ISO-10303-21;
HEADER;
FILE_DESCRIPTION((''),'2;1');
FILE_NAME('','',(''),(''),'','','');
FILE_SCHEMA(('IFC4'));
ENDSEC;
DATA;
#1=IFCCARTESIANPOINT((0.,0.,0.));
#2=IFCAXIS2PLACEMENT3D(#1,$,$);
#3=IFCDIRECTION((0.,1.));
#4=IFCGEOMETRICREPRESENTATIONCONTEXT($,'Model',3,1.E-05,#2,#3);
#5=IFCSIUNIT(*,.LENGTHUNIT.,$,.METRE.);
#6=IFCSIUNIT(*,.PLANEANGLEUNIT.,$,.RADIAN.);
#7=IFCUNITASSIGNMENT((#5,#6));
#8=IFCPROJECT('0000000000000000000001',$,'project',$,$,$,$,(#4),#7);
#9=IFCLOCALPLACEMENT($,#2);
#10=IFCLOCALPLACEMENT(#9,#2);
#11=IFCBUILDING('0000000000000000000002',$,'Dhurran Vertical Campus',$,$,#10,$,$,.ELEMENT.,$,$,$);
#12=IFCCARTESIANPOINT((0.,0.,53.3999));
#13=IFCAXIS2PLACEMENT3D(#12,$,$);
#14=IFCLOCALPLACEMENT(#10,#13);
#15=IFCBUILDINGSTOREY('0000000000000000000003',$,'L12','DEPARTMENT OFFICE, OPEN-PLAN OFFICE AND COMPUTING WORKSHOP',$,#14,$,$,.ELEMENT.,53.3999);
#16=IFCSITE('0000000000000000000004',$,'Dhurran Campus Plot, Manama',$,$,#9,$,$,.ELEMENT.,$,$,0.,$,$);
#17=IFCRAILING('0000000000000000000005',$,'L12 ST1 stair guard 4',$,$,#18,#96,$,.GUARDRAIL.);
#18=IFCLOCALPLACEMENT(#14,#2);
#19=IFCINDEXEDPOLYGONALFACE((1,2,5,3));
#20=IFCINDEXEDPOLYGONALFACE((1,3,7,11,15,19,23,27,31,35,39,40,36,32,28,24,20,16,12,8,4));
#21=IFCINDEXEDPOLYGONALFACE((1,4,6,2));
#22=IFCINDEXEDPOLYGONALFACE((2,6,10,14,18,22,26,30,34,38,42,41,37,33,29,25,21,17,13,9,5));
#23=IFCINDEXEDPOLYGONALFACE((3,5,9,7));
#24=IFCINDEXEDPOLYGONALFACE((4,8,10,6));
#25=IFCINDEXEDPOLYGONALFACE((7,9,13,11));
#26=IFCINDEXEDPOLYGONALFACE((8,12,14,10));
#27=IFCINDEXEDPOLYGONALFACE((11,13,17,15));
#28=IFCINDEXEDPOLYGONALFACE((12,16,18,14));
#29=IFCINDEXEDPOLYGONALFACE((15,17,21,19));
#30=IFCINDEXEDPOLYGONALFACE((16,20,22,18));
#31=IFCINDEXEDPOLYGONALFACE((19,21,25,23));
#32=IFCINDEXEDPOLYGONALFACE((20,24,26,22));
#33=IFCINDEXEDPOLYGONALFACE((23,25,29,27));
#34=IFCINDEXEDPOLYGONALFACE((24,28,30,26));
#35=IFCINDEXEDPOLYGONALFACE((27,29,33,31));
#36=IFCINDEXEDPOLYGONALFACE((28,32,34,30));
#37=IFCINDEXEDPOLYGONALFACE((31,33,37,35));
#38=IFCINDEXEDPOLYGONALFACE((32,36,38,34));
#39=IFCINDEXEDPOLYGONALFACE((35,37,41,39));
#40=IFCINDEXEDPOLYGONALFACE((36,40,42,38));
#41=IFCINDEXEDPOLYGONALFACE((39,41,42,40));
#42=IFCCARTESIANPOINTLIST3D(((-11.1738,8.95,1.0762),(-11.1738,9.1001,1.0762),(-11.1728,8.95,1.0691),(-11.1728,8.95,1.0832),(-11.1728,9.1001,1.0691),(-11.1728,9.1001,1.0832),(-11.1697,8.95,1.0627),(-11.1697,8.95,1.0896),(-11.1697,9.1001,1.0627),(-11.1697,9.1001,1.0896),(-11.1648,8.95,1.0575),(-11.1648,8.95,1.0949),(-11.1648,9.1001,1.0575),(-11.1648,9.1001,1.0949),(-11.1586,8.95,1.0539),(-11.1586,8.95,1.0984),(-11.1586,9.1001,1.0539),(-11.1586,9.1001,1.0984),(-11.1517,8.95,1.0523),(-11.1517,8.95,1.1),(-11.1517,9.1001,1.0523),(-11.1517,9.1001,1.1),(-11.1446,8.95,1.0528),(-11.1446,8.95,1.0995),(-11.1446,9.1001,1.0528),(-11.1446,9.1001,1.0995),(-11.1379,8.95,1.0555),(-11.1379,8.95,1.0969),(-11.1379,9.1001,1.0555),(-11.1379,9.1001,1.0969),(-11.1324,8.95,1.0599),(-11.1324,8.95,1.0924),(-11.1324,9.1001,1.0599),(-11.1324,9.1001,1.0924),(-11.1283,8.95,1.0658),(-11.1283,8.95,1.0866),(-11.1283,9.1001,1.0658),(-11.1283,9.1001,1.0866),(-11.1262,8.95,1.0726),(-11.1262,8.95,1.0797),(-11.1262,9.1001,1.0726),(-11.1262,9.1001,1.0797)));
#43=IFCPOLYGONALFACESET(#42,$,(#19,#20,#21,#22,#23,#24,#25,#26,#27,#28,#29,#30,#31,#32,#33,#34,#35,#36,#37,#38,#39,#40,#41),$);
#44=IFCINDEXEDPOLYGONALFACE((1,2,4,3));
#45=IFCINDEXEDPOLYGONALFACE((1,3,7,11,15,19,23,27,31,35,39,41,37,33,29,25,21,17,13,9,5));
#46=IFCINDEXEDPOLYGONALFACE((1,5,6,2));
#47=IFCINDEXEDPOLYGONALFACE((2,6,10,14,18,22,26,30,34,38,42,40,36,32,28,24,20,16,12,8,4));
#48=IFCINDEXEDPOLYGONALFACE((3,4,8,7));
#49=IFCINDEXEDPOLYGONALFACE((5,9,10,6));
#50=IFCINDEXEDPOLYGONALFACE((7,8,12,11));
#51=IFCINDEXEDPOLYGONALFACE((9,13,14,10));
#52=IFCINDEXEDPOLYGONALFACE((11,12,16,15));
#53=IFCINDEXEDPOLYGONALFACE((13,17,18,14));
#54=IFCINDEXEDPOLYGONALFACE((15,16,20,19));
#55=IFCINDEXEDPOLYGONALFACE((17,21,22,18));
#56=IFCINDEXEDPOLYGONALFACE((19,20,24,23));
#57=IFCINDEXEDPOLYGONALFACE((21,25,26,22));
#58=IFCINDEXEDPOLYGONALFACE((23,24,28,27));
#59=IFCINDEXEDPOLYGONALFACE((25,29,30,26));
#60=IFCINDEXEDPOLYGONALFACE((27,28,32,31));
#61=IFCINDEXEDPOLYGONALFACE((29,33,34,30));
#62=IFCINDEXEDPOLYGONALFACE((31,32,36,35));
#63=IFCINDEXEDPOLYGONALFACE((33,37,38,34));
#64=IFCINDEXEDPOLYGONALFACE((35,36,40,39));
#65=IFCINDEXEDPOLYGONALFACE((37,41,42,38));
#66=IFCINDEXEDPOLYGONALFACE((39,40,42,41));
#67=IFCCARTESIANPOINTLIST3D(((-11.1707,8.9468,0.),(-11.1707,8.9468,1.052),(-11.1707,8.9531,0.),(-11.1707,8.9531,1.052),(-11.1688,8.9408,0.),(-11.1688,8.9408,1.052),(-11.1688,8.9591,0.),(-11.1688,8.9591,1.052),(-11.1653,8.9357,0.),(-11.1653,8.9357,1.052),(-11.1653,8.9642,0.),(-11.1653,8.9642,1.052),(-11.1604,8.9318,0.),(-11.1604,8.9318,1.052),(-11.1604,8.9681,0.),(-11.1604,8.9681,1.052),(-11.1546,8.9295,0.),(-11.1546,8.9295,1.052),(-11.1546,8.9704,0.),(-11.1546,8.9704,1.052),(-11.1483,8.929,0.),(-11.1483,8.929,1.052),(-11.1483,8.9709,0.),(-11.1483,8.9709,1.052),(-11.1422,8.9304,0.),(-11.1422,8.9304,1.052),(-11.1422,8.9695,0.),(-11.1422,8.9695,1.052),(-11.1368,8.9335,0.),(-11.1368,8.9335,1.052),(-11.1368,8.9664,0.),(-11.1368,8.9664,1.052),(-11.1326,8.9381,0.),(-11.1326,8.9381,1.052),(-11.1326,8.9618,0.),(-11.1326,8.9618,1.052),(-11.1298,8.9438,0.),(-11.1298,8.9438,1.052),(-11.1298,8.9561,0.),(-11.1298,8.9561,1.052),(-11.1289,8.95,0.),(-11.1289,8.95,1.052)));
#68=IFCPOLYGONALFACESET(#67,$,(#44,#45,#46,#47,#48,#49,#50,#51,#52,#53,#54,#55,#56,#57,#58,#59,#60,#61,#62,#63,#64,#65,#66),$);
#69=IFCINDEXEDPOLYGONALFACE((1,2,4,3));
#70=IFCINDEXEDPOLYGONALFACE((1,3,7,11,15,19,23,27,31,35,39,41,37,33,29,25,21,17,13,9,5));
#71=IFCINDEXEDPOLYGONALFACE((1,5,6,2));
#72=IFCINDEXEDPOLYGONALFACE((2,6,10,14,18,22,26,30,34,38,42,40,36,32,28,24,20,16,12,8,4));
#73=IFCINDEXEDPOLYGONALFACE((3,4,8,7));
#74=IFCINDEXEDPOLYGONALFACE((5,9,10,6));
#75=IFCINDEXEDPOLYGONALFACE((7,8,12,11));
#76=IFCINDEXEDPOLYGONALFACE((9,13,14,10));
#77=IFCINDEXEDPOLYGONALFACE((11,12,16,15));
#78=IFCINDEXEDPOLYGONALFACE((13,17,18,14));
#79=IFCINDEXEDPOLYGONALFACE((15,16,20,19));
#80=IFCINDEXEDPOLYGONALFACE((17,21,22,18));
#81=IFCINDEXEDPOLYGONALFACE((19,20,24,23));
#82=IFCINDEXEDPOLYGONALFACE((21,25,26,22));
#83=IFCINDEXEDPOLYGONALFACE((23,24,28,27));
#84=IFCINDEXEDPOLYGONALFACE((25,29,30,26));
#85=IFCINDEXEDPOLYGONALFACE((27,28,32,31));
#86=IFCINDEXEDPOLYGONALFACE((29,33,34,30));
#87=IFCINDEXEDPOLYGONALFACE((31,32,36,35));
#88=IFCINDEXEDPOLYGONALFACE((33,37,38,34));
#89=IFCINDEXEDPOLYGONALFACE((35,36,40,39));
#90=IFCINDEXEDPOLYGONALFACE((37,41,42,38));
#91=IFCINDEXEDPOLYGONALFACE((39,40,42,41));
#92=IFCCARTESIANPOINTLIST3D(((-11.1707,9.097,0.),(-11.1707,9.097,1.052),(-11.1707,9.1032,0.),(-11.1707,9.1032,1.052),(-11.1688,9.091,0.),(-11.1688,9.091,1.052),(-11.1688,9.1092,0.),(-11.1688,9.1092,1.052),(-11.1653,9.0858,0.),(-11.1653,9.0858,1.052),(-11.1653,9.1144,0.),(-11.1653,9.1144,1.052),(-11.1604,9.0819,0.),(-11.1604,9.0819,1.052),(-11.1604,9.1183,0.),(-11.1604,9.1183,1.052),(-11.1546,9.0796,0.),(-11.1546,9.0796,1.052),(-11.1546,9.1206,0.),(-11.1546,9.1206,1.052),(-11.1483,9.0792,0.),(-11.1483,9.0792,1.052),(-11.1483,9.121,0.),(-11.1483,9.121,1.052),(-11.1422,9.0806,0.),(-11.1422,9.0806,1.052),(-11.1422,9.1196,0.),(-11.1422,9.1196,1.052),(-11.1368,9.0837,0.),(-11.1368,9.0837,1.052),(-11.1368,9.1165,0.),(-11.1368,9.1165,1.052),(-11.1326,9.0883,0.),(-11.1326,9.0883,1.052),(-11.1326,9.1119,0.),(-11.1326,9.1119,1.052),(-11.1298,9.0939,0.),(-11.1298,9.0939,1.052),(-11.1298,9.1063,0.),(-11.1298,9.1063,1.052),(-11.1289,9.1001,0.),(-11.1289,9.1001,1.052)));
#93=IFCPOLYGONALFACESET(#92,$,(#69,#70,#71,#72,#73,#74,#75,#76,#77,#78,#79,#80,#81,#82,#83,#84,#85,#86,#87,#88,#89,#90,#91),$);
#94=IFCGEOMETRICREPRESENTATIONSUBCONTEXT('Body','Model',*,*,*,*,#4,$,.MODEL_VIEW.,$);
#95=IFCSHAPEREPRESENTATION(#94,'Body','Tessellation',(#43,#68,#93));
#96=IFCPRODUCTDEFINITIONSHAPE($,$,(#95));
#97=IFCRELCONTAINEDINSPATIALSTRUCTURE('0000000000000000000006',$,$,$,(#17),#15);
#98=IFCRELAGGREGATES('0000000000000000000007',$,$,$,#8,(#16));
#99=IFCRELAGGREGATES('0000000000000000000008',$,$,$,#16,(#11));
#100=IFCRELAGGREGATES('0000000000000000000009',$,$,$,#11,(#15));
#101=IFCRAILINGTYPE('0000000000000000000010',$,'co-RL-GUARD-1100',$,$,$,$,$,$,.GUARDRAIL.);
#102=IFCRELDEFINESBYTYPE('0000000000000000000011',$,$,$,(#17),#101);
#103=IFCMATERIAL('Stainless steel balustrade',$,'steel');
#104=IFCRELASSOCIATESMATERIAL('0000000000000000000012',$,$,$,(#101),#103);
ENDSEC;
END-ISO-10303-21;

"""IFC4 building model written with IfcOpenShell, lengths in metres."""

from ifc_helpers import new_model, si_unit, direction, frame, origin, origin_2d, place, context, subcontext, project, spatial, circle, extrude, material, type_object, element, save


model = new_model("IFC4")

# Units and contexts
model_context = context("Model", 3, precision=1e-05, world=origin(), true_north=direction((0.0, 1.0)))
body_context = subcontext(model_context, "Body", "Model", "MODEL_VIEW")
ifc_project = project(units=[si_unit("LENGTHUNIT", "METRE"), si_unit("PLANEANGLEUNIT", "RADIAN")], contexts=[model_context])

# Site, building, storey
site_placement = place(None, origin())
site = spatial("IfcSite", under=ifc_project, at=site_placement, Name="Dhurran Campus Plot, Manama", CompositionType="ELEMENT", RefElevation=0.0)
building_placement = place(site_placement, origin())
building = spatial("IfcBuilding", under=site, at=building_placement, Name="Dhurran Vertical Campus", CompositionType="ELEMENT")
storey_placement = place(building_placement, frame((0.0, 0.0, 53.3999)))
storey = spatial("IfcBuildingStorey", under=building, at=storey_placement, Name="L12", Description="DEPARTMENT OFFICE, OPEN-PLAN OFFICE AND COMPUTING WORKSHOP", CompositionType="ELEMENT", Elevation=53.3999)

# Railing
ifc_material_1 = material(Name="Stainless steel balustrade", Category="steel")
railing_type_1 = type_object("IfcRailingType", Name="co-RL-GUARD-1100", PredefinedType="GUARDRAIL", material=ifc_material_1)
railing_1_placement = place(storey_placement, frame((-11.1499, 8.95, 0.0)))
element("IfcRailing", 1, at=railing_1_placement, inside=storey, type_object=railing_type_1, Name="L12 ST1 stair guard 4", PredefinedType="GUARDRAIL", context=body_context, shape_type="SweptSolid", body=[
    extrude(circle(Radius=0.0239, at=origin_2d()), frame((0.0, 0.0, 1.0762), z_axis=(0.0, 1.0, 0.0), x_axis=(-1.0, 0.0, 0.0)), (0.0, 0.0, 1.0), 0.1501),
    extrude(circle(Radius=0.021, at=origin_2d()), origin(), (0.0, 0.0, 1.0), 1.052),
    extrude(circle(Radius=0.021, at=origin_2d()), frame((0.0, 0.1501, 0.0)), (0.0, 0.0, 1.0), 1.052),
])

save(model, "model.ifc")
